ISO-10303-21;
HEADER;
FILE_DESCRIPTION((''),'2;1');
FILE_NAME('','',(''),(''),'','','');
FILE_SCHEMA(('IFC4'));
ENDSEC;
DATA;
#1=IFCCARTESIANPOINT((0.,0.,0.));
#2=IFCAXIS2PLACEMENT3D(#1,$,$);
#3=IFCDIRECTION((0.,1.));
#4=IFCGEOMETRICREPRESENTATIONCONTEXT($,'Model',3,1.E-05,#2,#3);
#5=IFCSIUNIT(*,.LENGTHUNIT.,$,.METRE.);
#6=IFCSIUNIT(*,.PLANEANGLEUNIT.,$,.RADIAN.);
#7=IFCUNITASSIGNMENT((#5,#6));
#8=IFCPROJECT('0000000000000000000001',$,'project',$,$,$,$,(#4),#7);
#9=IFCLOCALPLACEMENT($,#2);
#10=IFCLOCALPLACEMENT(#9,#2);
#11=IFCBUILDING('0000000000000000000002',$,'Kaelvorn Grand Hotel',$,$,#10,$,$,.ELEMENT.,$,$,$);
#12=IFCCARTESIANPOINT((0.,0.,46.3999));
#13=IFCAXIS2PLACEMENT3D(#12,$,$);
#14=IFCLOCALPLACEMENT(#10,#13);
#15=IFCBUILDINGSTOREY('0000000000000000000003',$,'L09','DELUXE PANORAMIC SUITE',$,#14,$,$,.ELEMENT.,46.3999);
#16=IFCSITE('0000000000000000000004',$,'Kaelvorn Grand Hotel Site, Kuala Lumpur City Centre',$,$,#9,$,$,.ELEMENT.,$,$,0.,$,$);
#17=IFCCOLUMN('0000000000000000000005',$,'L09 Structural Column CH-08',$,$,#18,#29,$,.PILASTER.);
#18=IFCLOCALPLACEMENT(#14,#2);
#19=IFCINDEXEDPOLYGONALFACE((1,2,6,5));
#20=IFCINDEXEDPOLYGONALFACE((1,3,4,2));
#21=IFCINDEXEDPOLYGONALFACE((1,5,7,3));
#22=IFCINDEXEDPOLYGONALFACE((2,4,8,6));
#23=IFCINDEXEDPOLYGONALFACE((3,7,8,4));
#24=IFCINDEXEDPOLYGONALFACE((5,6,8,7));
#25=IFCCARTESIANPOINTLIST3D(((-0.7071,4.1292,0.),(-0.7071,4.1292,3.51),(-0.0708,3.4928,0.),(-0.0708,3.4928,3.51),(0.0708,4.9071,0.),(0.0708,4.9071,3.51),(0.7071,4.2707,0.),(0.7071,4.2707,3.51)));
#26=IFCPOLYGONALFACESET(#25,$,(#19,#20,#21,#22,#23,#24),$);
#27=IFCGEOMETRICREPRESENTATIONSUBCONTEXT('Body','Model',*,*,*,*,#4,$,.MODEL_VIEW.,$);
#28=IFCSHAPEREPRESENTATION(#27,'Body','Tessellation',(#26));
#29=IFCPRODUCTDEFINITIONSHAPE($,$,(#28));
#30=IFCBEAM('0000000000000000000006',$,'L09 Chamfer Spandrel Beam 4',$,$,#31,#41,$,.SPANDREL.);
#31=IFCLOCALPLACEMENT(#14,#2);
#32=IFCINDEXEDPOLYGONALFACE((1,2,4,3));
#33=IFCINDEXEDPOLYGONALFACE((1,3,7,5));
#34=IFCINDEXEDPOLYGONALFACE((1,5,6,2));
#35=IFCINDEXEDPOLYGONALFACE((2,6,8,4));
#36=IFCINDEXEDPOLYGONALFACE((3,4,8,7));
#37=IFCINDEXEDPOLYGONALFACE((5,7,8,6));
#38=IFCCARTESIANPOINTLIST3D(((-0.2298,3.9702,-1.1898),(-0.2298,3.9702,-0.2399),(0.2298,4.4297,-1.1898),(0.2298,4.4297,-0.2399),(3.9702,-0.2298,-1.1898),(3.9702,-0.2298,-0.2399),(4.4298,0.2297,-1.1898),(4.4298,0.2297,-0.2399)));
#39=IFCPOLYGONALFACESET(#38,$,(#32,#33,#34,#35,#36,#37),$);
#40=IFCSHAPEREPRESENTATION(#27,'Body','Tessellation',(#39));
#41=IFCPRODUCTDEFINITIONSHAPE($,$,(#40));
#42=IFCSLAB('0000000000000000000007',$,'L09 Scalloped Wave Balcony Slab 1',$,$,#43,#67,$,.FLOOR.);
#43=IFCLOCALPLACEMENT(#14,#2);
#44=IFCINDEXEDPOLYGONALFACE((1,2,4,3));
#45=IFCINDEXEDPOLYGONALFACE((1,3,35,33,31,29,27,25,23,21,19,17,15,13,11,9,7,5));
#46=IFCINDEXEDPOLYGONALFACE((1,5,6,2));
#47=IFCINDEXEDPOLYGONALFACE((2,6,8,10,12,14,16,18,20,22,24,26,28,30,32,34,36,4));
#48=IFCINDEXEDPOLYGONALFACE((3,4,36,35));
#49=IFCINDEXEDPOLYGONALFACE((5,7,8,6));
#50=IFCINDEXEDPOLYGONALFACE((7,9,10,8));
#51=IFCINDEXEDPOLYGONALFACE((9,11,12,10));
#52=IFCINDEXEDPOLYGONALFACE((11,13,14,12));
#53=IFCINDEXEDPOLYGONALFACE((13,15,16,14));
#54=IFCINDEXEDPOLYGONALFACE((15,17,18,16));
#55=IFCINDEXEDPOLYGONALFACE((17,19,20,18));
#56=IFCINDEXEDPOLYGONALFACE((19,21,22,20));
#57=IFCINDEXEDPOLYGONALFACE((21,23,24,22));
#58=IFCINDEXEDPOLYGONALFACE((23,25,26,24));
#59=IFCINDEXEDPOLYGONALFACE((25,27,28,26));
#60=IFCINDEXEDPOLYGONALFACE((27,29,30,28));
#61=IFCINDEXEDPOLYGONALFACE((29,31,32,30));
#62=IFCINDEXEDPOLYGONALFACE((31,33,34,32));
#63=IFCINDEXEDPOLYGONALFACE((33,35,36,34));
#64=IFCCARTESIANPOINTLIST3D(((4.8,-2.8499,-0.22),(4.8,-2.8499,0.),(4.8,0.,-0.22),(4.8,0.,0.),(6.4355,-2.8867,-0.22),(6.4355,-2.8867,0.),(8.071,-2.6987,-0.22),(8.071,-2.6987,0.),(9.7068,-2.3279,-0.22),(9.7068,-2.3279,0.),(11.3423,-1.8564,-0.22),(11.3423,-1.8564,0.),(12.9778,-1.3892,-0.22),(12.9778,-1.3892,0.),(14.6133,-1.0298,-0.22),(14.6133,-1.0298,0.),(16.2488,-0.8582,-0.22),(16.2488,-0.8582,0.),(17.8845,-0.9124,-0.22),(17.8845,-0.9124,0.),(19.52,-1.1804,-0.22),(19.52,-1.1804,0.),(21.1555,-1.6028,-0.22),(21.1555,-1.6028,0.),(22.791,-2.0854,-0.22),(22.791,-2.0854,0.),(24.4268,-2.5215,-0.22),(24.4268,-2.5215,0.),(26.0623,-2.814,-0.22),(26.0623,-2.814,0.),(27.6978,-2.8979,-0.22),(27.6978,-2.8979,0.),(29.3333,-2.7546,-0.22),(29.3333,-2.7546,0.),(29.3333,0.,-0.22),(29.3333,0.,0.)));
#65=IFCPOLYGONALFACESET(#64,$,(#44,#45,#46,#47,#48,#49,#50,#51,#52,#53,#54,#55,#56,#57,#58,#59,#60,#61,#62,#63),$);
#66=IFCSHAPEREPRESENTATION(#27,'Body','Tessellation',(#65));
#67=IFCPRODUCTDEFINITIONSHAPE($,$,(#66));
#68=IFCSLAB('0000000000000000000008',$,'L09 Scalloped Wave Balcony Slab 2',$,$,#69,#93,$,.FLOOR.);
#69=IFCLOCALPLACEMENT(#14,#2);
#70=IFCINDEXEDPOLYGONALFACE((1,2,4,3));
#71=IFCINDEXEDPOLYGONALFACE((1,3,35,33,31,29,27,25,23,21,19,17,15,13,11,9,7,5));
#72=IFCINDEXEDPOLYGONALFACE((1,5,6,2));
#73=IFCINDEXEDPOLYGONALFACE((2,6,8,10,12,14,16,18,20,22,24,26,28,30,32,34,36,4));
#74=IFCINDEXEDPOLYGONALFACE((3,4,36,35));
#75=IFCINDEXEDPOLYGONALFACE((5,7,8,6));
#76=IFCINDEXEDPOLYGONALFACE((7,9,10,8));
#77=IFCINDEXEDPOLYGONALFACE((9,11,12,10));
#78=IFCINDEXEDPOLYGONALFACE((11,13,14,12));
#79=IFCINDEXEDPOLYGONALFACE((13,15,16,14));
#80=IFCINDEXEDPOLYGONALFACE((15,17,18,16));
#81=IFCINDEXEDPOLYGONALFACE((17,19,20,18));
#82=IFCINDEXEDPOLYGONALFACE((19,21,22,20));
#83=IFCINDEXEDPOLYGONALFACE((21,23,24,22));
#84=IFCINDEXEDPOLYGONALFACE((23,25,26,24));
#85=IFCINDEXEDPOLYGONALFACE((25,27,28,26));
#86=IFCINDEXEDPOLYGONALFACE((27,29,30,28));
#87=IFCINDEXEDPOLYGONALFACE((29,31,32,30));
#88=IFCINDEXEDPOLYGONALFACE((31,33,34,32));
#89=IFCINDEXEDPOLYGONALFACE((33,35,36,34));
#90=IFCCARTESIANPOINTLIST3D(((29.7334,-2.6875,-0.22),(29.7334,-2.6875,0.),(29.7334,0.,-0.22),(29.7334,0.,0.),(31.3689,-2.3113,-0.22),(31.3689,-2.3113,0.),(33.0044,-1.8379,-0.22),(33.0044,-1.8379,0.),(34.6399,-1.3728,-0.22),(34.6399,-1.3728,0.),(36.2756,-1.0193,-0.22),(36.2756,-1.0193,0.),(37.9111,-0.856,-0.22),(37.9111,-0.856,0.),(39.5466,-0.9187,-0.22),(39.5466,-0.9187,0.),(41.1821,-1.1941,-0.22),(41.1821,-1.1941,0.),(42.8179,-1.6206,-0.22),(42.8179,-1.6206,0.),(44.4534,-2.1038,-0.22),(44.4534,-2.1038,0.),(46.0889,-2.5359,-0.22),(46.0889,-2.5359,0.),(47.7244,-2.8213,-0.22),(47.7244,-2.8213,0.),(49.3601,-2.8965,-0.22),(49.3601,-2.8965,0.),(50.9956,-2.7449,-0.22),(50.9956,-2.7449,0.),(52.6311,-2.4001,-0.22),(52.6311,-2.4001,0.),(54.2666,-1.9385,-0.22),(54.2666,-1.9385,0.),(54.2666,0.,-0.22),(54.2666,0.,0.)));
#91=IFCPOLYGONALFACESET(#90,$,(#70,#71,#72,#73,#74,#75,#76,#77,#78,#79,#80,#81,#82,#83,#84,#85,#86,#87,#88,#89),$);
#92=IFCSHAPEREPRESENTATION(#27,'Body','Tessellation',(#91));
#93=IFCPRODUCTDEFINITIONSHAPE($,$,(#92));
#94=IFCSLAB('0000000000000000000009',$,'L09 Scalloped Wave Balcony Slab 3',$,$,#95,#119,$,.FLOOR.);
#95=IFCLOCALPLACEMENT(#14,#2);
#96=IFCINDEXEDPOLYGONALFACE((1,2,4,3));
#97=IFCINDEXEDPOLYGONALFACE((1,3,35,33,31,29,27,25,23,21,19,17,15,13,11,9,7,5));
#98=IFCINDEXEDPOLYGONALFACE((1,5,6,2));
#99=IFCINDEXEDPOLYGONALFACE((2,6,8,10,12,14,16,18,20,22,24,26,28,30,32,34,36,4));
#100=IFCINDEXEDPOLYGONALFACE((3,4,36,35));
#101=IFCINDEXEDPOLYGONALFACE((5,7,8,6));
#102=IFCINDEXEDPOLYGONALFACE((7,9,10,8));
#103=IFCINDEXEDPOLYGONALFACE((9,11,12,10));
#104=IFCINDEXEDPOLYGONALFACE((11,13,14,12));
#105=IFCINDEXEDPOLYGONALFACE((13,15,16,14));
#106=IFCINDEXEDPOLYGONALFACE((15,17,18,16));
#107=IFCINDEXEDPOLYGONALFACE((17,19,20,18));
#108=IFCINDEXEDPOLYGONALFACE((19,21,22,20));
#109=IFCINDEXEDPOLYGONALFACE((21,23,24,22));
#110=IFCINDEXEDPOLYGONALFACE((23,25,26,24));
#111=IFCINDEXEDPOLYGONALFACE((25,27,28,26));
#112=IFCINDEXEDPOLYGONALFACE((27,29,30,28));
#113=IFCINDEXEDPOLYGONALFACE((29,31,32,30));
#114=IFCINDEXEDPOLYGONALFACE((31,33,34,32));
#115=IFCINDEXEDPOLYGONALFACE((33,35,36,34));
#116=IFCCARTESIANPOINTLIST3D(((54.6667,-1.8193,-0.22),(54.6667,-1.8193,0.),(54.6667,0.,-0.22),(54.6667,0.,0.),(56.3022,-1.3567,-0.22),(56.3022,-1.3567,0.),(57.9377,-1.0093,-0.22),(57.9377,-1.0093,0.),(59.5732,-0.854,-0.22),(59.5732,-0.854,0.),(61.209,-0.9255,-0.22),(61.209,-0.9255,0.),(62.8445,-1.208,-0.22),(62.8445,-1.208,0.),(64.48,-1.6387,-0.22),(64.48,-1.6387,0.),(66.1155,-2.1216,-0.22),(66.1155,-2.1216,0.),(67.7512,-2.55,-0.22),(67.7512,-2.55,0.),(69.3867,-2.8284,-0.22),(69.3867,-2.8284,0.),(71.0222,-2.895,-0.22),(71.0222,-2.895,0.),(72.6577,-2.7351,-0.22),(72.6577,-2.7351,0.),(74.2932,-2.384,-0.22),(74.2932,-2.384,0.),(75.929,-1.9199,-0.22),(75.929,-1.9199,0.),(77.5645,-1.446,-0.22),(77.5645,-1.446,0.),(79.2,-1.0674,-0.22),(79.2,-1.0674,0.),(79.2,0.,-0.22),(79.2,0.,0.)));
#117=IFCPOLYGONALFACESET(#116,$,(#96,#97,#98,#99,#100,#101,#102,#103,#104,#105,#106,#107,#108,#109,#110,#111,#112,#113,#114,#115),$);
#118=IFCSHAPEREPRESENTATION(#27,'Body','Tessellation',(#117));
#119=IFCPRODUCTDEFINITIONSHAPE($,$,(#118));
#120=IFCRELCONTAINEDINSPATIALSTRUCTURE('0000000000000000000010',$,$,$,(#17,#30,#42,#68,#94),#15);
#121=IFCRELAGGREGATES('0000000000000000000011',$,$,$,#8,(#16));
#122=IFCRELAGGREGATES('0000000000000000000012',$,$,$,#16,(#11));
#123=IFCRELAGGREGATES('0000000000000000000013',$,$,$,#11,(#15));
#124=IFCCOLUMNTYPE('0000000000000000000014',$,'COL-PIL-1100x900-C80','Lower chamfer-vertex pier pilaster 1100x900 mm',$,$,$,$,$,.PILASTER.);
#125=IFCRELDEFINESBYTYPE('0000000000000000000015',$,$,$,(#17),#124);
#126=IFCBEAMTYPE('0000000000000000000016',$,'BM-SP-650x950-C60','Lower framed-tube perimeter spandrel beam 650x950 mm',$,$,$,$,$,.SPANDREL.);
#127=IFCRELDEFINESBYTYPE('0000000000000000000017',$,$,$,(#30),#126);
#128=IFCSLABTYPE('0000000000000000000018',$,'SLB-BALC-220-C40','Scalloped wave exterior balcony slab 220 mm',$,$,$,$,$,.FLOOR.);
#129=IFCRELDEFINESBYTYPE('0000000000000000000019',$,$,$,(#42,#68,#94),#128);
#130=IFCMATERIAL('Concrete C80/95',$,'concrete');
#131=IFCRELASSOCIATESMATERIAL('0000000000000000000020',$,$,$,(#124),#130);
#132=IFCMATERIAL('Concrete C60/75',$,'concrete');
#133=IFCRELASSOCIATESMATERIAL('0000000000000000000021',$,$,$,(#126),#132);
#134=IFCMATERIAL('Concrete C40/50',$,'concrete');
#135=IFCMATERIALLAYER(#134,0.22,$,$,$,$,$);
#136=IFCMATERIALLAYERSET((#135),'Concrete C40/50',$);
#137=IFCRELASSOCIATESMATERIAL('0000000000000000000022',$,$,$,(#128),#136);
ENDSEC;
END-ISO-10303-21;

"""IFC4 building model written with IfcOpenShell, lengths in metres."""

from ifc_helpers import new_model, si_unit, direction, frame, origin, origin_2d, place, context, subcontext, project, spatial, polyline, rectangle, outline, extrude, material, layer, layer_set, material_profile, profile_set, type_object, element, save


model = new_model("IFC4")

# Units and contexts
model_context = context("Model", 3, precision=1e-05, world=origin(), true_north=direction((0.0, 1.0)))
body_context = subcontext(model_context, "Body", "Model", "MODEL_VIEW")
ifc_project = project(units=[si_unit("LENGTHUNIT", "METRE"), si_unit("PLANEANGLEUNIT", "RADIAN")], contexts=[model_context])

# Site, building, storey
site_placement = place(None, origin())
site = spatial("IfcSite", under=ifc_project, at=site_placement, Name="Kaelvorn Grand Hotel Site, Kuala Lumpur City Centre", CompositionType="ELEMENT", RefElevation=0.0)
building_placement = place(site_placement, origin())
building = spatial("IfcBuilding", under=site, at=building_placement, Name="Kaelvorn Grand Hotel", CompositionType="ELEMENT")
storey_placement = place(building_placement, frame((0.0, 0.0, 46.3999)))
storey = spatial("IfcBuildingStorey", under=building, at=storey_placement, Name="L09", Description="DELUXE PANORAMIC SUITE", CompositionType="ELEMENT", Elevation=46.3999)

# Column
ifc_material_1 = material(Name="Concrete C80/95", Category="concrete")
ifc_material_profile_1 = material_profile(ifc_material_1, rectangle(XDim=1.1001, YDim=0.8999, at=origin_2d()), Name="RC PILASTER 1100x900")
ifc_profile_set_1 = profile_set([ifc_material_profile_1], Name="Concrete C80/95")
column_type = type_object("IfcColumnType", Name="COL-PIL-1100x900-C80", Description="Lower chamfer-vertex pier pilaster 1100x900 mm", PredefinedType="PILASTER", material=ifc_profile_set_1)
column_placement = place(storey_placement, frame((0.0, 4.2, 0.0), z_axis=(0.0, 0.0, 1.0), x_axis=(0.707107, 0.707107, 0.0)))
element("IfcColumn", 1, at=column_placement, inside=storey, type_object=column_type, Name="L09 Structural Column CH-08", PredefinedType="PILASTER", context=body_context, shape_type="SweptSolid", body=[
    extrude(rectangle(XDim=1.1001, YDim=0.8999, at=origin_2d()), origin(), (0.0, 0.0, 1.0), 3.51),
])

# Beam
ifc_material_2 = material(Name="Concrete C60/75", Category="concrete")
ifc_material_profile_2 = material_profile(ifc_material_2, rectangle(XDim=0.6499, YDim=0.95, at=origin_2d()), Name="RC SPANDREL 650x950")
ifc_profile_set_2 = profile_set([ifc_material_profile_2], Name="Concrete C60/75")
beam_type = type_object("IfcBeamType", Name="BM-SP-650x950-C60", Description="Lower framed-tube perimeter spandrel beam 650x950 mm", PredefinedType="SPANDREL", material=ifc_profile_set_2)
beam_placement = place(storey_placement, frame((0.0, 4.2, -0.7148), z_axis=(0.707107, -0.707107, 0.0), x_axis=(0.707107, 0.707107, 0.0)))
element("IfcBeam", 2, at=beam_placement, inside=storey, type_object=beam_type, Name="L09 Chamfer Spandrel Beam 4", PredefinedType="SPANDREL", context=body_context, shape_type="SweptSolid", body=[
    extrude(rectangle(XDim=0.6499, YDim=0.95, at=origin_2d()), origin(), (0.0, 0.0, 1.0), 5.9397),
])

# Slabs
ifc_material_3 = material(Name="Concrete C40/50", Category="concrete")
ifc_layer_1 = layer(ifc_material_3, 0.22)
ifc_layer_set_1 = layer_set([ifc_layer_1], Name="Concrete C40/50")
slab_type_1 = type_object("IfcSlabType", Name="SLB-BALC-220-C40", Description="Scalloped wave exterior balcony slab 220 mm", PredefinedType="FLOOR", material=ifc_layer_set_1)
slab_1_placement = place(storey_placement, frame((0.0, 0.0, -0.22)))
element("IfcSlab", 3, at=slab_1_placement, inside=storey, type_object=slab_type_1, Name="L09 Scalloped Wave Balcony Slab 1", PredefinedType="FLOOR", context=body_context, shape_type="SweptSolid", body=[
    extrude(outline(polyline([(4.8, -2.8499), (6.4355, -2.8867), (8.071, -2.6987), (9.7068, -2.3279), (11.3423, -1.8564), (12.9778, -1.3892), (14.6133, -1.0298), (16.2488, -0.8582), (17.8845, -0.9124), (19.52, -1.1804), (21.1555, -1.6028), (22.791, -2.0854), (24.4268, -2.5215), (26.0623, -2.814), (27.6978, -2.8979), (29.3333, -2.7546), (29.3333, 0.0), (4.8, 0.0), (4.8, -2.8499)])), origin(), (0.0, 0.0, 1.0), 0.22),
])
slab_2_placement = place(storey_placement, frame((0.0, 0.0, -0.22)))
element("IfcSlab", 4, at=slab_2_placement, inside=storey, type_object=slab_type_1, Name="L09 Scalloped Wave Balcony Slab 2", PredefinedType="FLOOR", context=body_context, shape_type="SweptSolid", body=[
    extrude(outline(polyline([(29.7334, -2.6875), (31.3689, -2.3113), (33.0044, -1.8379), (34.6399, -1.3728), (36.2756, -1.0193), (37.9111, -0.856), (39.5466, -0.9187), (41.1821, -1.1941), (42.8179, -1.6206), (44.4534, -2.1038), (46.0889, -2.5359), (47.7244, -2.8213), (49.3601, -2.8965), (50.9956, -2.7449), (52.6311, -2.4001), (54.2666, -1.9385), (54.2666, 0.0), (29.7334, 0.0), (29.7334, -2.6875)])), origin(), (0.0, 0.0, 1.0), 0.22),
])
slab_3_placement = place(storey_placement, frame((0.0, 0.0, -0.22)))
element("IfcSlab", 5, at=slab_3_placement, inside=storey, type_object=slab_type_1, Name="L09 Scalloped Wave Balcony Slab 3", PredefinedType="FLOOR", context=body_context, shape_type="SweptSolid", body=[
    extrude(outline(polyline([(54.6667, -1.8193), (56.3022, -1.3567), (57.9377, -1.0093), (59.5732, -0.854), (61.209, -0.9255), (62.8445, -1.208), (64.48, -1.6387), (66.1155, -2.1216), (67.7512, -2.55), (69.3867, -2.8284), (71.0222, -2.895), (72.6577, -2.7351), (74.2932, -2.384), (75.929, -1.9199), (77.5645, -1.446), (79.2, -1.0674), (79.2, 0.0), (54.6667, 0.0), (54.6667, -1.8193)])), origin(), (0.0, 0.0, 1.0), 0.22),
])

save(model, "model.ifc")
